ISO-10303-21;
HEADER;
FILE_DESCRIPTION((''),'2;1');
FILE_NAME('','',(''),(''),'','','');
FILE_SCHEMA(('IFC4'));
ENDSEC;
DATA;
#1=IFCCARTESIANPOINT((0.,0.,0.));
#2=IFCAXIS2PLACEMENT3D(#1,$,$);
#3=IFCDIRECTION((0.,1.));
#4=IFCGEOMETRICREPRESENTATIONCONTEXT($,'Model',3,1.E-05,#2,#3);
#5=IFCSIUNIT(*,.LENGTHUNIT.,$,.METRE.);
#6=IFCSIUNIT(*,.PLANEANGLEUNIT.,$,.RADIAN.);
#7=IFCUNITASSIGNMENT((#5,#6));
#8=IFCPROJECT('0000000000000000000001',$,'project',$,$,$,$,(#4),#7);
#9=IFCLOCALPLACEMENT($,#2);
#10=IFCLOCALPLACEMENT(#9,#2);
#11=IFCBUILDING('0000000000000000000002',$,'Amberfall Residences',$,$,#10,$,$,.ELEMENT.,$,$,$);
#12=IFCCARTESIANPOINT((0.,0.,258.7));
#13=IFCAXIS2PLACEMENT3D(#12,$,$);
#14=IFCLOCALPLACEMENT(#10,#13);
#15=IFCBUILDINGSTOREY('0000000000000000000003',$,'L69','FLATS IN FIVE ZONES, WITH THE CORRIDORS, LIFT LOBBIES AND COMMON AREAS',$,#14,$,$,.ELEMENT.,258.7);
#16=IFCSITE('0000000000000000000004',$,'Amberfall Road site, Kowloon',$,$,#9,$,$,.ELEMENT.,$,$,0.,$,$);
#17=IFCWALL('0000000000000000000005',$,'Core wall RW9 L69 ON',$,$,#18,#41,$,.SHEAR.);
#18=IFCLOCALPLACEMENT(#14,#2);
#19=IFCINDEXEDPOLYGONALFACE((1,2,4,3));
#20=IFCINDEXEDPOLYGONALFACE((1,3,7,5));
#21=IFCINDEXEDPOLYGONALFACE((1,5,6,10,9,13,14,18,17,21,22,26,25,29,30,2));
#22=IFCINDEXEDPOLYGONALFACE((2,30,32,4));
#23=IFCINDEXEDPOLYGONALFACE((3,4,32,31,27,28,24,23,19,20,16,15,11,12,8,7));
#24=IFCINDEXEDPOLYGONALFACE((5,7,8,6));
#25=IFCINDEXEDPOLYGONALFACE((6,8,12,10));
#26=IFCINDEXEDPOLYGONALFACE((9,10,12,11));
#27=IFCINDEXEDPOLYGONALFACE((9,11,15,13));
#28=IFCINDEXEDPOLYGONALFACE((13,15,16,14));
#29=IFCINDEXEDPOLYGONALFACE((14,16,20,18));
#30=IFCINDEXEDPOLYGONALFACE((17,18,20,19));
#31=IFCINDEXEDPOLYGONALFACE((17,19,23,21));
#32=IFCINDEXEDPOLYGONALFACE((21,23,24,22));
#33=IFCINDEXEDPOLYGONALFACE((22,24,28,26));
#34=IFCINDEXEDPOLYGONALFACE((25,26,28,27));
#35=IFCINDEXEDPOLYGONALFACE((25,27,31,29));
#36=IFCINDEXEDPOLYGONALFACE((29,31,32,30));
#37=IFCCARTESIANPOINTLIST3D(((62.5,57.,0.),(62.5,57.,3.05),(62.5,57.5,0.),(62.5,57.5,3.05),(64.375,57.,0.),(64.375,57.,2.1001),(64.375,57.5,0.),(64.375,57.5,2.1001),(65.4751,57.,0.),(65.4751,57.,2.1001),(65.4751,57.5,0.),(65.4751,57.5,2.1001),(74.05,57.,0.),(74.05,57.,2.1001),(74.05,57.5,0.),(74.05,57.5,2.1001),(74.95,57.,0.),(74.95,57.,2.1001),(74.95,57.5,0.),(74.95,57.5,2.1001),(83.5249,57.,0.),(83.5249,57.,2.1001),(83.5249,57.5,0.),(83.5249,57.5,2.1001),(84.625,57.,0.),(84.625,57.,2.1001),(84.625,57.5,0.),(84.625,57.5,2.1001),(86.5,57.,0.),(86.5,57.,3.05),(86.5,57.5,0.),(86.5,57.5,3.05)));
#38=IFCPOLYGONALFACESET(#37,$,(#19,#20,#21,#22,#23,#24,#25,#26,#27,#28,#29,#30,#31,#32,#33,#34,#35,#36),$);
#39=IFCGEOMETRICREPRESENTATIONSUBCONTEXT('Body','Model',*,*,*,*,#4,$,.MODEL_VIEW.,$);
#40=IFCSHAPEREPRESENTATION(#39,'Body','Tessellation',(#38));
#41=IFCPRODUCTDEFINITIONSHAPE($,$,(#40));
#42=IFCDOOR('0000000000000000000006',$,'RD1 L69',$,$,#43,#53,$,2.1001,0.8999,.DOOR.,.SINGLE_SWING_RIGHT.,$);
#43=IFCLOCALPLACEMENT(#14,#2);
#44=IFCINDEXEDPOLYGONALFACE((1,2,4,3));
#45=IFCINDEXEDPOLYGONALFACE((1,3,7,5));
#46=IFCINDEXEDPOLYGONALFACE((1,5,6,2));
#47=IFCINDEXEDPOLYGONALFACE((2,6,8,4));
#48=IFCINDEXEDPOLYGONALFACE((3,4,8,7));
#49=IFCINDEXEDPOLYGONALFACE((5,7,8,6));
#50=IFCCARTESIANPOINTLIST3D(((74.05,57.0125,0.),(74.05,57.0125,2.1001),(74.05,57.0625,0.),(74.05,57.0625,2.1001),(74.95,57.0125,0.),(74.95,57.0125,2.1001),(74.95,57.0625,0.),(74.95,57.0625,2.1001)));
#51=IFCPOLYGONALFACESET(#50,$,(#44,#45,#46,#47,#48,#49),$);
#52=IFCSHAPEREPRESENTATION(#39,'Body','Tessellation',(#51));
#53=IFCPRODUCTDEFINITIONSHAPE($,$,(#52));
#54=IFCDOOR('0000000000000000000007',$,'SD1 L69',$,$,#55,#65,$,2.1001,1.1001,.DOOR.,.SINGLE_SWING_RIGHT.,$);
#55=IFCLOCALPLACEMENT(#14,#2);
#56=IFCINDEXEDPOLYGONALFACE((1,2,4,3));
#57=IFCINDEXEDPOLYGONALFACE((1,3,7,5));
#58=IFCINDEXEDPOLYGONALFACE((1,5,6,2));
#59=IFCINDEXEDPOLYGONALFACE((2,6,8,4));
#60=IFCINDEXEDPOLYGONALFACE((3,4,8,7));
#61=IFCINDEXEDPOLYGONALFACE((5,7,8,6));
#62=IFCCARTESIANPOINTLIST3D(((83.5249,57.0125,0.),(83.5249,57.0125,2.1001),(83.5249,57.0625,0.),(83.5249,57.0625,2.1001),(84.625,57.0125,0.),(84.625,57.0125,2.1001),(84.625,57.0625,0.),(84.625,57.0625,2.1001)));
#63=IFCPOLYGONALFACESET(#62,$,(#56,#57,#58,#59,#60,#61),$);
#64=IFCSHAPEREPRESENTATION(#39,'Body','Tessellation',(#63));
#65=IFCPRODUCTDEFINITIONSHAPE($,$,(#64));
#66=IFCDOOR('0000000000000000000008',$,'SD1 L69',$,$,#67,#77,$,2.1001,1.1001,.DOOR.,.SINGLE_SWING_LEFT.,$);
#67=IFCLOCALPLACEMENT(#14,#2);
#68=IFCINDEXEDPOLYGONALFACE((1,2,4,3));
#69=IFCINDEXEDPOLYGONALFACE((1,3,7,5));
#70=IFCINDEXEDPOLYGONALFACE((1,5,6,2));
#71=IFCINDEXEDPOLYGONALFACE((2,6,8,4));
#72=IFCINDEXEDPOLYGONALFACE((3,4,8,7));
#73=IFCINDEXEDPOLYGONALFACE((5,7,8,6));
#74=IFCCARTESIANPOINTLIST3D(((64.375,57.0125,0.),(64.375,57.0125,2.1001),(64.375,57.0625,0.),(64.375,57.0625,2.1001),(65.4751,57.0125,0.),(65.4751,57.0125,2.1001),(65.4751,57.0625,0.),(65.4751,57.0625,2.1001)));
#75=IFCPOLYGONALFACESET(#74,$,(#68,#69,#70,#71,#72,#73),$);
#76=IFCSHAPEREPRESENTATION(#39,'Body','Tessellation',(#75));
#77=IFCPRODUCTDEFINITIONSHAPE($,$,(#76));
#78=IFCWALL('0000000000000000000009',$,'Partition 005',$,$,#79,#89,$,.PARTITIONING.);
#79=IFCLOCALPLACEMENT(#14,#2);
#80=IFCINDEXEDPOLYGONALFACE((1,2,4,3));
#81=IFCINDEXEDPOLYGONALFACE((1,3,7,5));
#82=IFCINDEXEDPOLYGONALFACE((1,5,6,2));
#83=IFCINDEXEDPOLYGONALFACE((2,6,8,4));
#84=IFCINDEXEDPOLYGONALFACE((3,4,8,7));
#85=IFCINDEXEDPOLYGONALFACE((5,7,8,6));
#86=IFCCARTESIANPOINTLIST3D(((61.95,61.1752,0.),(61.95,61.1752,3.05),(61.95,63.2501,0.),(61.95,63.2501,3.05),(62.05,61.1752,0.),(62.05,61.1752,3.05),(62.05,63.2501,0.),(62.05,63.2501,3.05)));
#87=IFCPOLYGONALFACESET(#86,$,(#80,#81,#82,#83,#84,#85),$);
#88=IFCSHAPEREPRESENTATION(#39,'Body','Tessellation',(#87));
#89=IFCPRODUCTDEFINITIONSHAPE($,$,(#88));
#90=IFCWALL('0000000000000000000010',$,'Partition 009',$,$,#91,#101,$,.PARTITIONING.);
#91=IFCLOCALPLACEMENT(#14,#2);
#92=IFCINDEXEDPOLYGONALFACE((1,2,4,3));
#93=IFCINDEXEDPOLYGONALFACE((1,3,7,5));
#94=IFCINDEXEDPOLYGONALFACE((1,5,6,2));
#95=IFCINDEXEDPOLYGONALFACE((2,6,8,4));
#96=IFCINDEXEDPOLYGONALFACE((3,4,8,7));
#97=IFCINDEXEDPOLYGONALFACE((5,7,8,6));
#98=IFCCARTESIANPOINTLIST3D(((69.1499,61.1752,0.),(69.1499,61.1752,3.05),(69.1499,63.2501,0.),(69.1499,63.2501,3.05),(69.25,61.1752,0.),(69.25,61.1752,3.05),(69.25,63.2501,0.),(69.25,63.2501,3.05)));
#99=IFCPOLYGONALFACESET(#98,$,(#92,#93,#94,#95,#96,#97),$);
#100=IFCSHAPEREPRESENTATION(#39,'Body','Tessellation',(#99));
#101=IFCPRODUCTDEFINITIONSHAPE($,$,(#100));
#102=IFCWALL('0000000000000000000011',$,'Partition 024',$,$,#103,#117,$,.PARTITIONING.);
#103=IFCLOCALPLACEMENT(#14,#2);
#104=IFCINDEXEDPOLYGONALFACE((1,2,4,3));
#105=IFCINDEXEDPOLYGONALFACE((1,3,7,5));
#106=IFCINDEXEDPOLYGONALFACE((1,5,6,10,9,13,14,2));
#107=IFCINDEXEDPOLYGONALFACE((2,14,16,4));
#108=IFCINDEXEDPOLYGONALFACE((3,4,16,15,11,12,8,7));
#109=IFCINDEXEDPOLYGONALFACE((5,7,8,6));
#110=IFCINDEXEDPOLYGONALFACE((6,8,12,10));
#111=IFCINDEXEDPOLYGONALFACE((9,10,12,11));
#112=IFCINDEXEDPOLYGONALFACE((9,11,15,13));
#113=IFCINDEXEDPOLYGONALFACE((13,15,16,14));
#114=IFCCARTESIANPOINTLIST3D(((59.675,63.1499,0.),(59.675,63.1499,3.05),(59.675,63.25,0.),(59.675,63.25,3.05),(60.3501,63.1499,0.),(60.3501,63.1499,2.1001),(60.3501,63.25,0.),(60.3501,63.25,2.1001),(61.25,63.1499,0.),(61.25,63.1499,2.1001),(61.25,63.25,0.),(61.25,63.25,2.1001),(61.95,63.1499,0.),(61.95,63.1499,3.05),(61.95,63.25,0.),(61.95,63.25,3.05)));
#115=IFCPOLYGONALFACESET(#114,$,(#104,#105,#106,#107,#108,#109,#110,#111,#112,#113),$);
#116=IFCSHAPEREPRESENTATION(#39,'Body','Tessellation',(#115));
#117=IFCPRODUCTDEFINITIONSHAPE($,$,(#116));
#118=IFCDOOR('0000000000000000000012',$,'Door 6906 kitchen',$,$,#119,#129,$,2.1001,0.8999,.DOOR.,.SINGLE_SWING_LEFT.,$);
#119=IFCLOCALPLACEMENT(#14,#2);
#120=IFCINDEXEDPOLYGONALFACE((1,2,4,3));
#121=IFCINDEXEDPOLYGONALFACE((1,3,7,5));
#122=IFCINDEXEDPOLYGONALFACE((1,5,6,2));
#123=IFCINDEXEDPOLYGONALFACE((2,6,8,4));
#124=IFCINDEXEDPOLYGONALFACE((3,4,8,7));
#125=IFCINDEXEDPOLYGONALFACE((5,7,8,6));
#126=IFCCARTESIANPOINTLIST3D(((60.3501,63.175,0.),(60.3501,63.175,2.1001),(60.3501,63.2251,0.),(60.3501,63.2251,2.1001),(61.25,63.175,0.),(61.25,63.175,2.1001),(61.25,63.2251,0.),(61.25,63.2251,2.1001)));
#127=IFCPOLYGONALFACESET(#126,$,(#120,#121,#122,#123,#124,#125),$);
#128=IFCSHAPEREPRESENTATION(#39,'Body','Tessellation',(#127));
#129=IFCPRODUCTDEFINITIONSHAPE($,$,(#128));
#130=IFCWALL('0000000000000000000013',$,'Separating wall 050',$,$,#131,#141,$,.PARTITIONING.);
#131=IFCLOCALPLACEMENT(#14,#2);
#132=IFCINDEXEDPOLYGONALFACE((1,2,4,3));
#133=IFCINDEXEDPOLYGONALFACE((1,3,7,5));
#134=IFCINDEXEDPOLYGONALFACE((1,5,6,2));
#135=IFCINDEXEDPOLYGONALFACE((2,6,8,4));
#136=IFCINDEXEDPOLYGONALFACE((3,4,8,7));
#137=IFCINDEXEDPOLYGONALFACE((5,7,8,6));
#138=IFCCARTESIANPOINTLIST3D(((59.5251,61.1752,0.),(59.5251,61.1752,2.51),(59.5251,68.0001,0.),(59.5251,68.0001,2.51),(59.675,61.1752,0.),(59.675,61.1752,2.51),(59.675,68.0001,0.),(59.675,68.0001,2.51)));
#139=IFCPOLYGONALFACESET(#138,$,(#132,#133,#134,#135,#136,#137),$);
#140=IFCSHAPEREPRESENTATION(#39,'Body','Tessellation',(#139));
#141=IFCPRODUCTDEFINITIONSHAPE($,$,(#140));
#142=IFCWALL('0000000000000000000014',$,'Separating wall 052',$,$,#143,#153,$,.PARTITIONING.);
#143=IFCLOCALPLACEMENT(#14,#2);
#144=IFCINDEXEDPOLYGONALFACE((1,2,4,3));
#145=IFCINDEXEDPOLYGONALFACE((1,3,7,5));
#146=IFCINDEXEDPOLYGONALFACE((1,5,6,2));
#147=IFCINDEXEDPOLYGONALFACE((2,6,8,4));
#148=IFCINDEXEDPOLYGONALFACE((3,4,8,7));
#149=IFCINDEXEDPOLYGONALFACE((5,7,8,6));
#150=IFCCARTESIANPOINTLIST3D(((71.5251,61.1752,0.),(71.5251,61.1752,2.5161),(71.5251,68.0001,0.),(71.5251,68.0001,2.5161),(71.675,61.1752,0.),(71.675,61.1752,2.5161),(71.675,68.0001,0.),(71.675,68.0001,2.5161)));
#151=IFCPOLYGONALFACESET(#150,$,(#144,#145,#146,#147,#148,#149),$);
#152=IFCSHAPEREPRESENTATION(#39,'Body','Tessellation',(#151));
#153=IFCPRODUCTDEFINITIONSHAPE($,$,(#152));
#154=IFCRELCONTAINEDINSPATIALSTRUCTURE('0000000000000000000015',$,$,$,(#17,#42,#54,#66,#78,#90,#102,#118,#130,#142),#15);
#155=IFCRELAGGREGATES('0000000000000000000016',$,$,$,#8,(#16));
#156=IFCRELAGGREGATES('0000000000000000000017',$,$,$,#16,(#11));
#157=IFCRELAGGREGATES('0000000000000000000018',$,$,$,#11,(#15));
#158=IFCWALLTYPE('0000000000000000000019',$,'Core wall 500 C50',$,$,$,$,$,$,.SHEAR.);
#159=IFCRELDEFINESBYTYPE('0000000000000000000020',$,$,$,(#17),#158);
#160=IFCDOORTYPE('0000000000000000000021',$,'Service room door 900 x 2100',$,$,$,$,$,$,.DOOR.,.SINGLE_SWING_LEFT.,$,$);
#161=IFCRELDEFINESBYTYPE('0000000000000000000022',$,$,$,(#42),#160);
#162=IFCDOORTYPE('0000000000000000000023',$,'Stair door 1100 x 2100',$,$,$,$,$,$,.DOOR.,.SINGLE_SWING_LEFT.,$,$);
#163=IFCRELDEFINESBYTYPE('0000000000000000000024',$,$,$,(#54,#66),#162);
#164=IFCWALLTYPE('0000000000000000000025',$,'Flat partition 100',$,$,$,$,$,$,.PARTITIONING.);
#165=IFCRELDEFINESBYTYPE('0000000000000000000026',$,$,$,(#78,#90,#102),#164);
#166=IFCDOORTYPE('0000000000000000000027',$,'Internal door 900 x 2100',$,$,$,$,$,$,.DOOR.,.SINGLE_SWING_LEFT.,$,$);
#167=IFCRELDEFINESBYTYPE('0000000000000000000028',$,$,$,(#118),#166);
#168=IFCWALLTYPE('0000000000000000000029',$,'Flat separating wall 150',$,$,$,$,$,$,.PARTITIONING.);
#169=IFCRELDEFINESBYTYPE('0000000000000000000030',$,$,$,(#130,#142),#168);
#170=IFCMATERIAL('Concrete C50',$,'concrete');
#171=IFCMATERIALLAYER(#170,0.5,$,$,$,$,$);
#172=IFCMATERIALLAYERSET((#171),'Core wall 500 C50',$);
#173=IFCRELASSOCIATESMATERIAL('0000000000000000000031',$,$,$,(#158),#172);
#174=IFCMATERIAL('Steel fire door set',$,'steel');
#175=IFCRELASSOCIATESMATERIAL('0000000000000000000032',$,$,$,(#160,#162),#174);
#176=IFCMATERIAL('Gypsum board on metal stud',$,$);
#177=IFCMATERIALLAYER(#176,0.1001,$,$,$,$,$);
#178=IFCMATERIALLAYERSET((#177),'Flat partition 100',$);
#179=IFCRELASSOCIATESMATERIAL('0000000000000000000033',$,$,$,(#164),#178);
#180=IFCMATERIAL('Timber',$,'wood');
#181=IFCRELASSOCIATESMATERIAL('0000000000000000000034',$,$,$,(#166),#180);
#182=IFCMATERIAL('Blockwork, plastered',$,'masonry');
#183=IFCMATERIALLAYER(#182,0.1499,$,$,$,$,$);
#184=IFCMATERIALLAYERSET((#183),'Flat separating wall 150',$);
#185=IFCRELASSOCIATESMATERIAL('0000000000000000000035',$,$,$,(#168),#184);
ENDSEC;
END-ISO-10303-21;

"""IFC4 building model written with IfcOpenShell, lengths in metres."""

from ifc_helpers import new_model, si_unit, direction, frame, frame_2d, origin, place, context, subcontext, project, spatial, rectangle, extrude, material, layer, layer_set, type_object, element, fill, save


model = new_model("IFC4")

# Units and contexts
model_context = context("Model", 3, precision=1e-05, world=origin(), true_north=direction((0.0, 1.0)))
body_context = subcontext(model_context, "Body", "Model", "MODEL_VIEW")
ifc_project = project(units=[si_unit("LENGTHUNIT", "METRE"), si_unit("PLANEANGLEUNIT", "RADIAN")], contexts=[model_context])

# Site, building, storey
site_placement = place(None, origin())
site = spatial("IfcSite", under=ifc_project, at=site_placement, Name="Amberfall Road site, Kowloon", CompositionType="ELEMENT", RefElevation=0.0)
building_placement = place(site_placement, origin())
building = spatial("IfcBuilding", under=site, at=building_placement, Name="Amberfall Residences", CompositionType="ELEMENT")
storey_placement = place(building_placement, frame((0.0, 0.0, 258.7)))
storey = spatial("IfcBuildingStorey", under=building, at=storey_placement, Name="L69", Description="FLATS IN FIVE ZONES, WITH THE CORRIDORS, LIFT LOBBIES AND COMMON AREAS", CompositionType="ELEMENT", Elevation=258.7)

# Wall, openings, doors
ifc_material_1 = material(Name="Concrete C50", Category="concrete")
ifc_layer_1 = layer(ifc_material_1, 0.5)
ifc_layer_set_1 = layer_set([ifc_layer_1], Name="Core wall 500 C50")
wall_type_1 = type_object("IfcWallType", Name="Core wall 500 C50", PredefinedType="SHEAR", material=ifc_layer_set_1)
wall_1_placement = place(storey_placement, frame((62.5, 57.25, 0.0), z_axis=(0.0, 0.0, 1.0), x_axis=(1.0, 0.0, 0.0)))
wall_1 = element("IfcWall", 1, at=wall_1_placement, inside=storey, type_object=wall_type_1, Name="Core wall RW9 L69 ON", PredefinedType="SHEAR", context=body_context, shape_type="SweptSolid", body=[
    extrude(rectangle(XDim=24.0, YDim=0.5, at=frame_2d((12.0, 0.0))), origin(), (0.0, 0.0, 1.0), 3.05),
])
opening_1_placement = place(wall_1_placement, frame((21.0249, 0.0, 0.0)))
opening_1 = element("IfcOpeningElement", 2, at=opening_1_placement, cuts=wall_1, PredefinedType="OPENING", context=body_context, shape_type="SweptSolid", body=[
    extrude(rectangle(XDim=1.1001, YDim=2.1001, at=frame_2d((0.55, 1.05))), frame((0.0, 0.26, 0.0), z_axis=(0.0, -1.0, 0.0), x_axis=(1.0, 0.0, 0.0)), (0.0, 0.0, 1.0), 0.52),
])
opening_2_placement = place(wall_1_placement, frame((1.875, 0.0, 0.0)))
opening_2 = element("IfcOpeningElement", 3, at=opening_2_placement, cuts=wall_1, PredefinedType="OPENING", context=body_context, shape_type="SweptSolid", body=[
    extrude(rectangle(XDim=1.1001, YDim=2.1001, at=frame_2d((0.55, 1.05))), frame((0.0, 0.26, 0.0), z_axis=(0.0, -1.0, 0.0), x_axis=(1.0, 0.0, 0.0)), (0.0, 0.0, 1.0), 0.52),
])
opening_3_placement = place(wall_1_placement, frame((11.55, 0.0, 0.0)))
opening_3 = element("IfcOpeningElement", 4, at=opening_3_placement, cuts=wall_1, PredefinedType="OPENING", context=body_context, shape_type="SweptSolid", body=[
    extrude(rectangle(XDim=0.8999, YDim=2.1001, at=frame_2d((0.45, 1.05))), frame((0.0, 0.26, 0.0), z_axis=(0.0, -1.0, 0.0), x_axis=(1.0, 0.0, 0.0)), (0.0, 0.0, 1.0), 0.52),
])
ifc_material_2 = material(Name="Steel fire door set", Category="steel")
door_type_1 = type_object("IfcDoorType", Name="Service room door 900 x 2100", OperationType="SINGLE_SWING_LEFT", PredefinedType="DOOR", material=ifc_material_2)
door_1_placement = place(opening_3_placement, origin())
door_1 = element("IfcDoor", 5, at=door_1_placement, inside=storey, type_object=door_type_1, Name="RD1 L69", OperationType="SINGLE_SWING_RIGHT", OverallHeight=2.1001, OverallWidth=0.8999, PredefinedType="DOOR", context=body_context, shape_type="SweptSolid", body=[
    extrude(rectangle(XDim=0.8999, YDim=2.1001, at=frame_2d((0.45, 1.05))), frame((0.0, -0.1875, 0.0), z_axis=(0.0, -1.0, 0.0), x_axis=(1.0, 0.0, 0.0)), (0.0, 0.0, 1.0), 0.05),
])
fill(opening_3, door_1)
door_type_2 = type_object("IfcDoorType", Name="Stair door 1100 x 2100", OperationType="SINGLE_SWING_LEFT", PredefinedType="DOOR", material=ifc_material_2)
door_2_placement = place(opening_1_placement, origin())
door_2 = element("IfcDoor", 6, at=door_2_placement, inside=storey, type_object=door_type_2, Name="SD1 L69", OperationType="SINGLE_SWING_RIGHT", OverallHeight=2.1001, OverallWidth=1.1001, PredefinedType="DOOR", context=body_context, shape_type="SweptSolid", body=[
    extrude(rectangle(XDim=1.1001, YDim=2.1001, at=frame_2d((0.55, 1.05))), frame((0.0, -0.1875, 0.0), z_axis=(0.0, -1.0, 0.0), x_axis=(1.0, 0.0, 0.0)), (0.0, 0.0, 1.0), 0.05),
])
fill(opening_1, door_2)
door_3_placement = place(opening_2_placement, origin())
door_3 = element("IfcDoor", 7, at=door_3_placement, inside=storey, type_object=door_type_2, Name="SD1 L69", OperationType="SINGLE_SWING_LEFT", OverallHeight=2.1001, OverallWidth=1.1001, PredefinedType="DOOR", context=body_context, shape_type="SweptSolid", body=[
    extrude(rectangle(XDim=1.1001, YDim=2.1001, at=frame_2d((0.55, 1.05))), frame((0.0, -0.1875, 0.0), z_axis=(0.0, -1.0, 0.0), x_axis=(1.0, 0.0, 0.0)), (0.0, 0.0, 1.0), 0.05),
])
fill(opening_2, door_3)

# Walls
ifc_material_3 = material(Name="Gypsum board on metal stud")
ifc_layer_2 = layer(ifc_material_3, 0.1001)
ifc_layer_set_2 = layer_set([ifc_layer_2], Name="Flat partition 100")
wall_type_2 = type_object("IfcWallType", Name="Flat partition 100", PredefinedType="PARTITIONING", material=ifc_layer_set_2)
for number, where, z_axis, x_axis, name in (
    (8, (62.0, 61.175, 0.0), (0.0, 0.0, 1.0), (0.0, 1.0, 0.0), "Partition 005"),
    (9, (69.2, 61.175, 0.0), (0.0, 0.0, 1.0), (0.0, 1.0, 0.0), "Partition 009"),
):
    element("IfcWall", number, at=place(storey_placement, frame(where, z_axis=z_axis, x_axis=x_axis)), inside=storey, type_object=wall_type_2, Name=name, PredefinedType="PARTITIONING", context=body_context, shape_type="SweptSolid", body=[
        extrude(rectangle(XDim=2.075, YDim=0.1001, at=frame_2d((1.0376, 0.0))), origin(), (0.0, 0.0, 1.0), 3.05),
    ])

# Wall, opening, door
wall_2_placement = place(storey_placement, frame((61.95, 63.2, 0.0), z_axis=(0.0, 0.0, 1.0), x_axis=(-1.0, 0.0, 0.0)))
wall_2 = element("IfcWall", 10, at=wall_2_placement, inside=storey, type_object=wall_type_2, Name="Partition 024", PredefinedType="PARTITIONING", context=body_context, shape_type="SweptSolid", body=[
    extrude(rectangle(XDim=2.2749, YDim=0.1001, at=frame_2d((1.1375, 0.0))), origin(), (0.0, 0.0, 1.0), 3.05),
])
opening_4_placement = place(wall_2_placement, frame((0.7, 0.0, 0.0)))
opening_4 = element("IfcOpeningElement", 11, at=opening_4_placement, cuts=wall_2, PredefinedType="OPENING", context=body_context, shape_type="SweptSolid", body=[
    extrude(rectangle(XDim=0.8999, YDim=2.1001, at=frame_2d((0.45, 1.05))), frame((0.0, 0.0601, 0.0), z_axis=(0.0, -1.0, 0.0), x_axis=(1.0, 0.0, 0.0)), (0.0, 0.0, 1.0), 0.1201),
])
ifc_material_4 = material(Name="Timber", Category="wood")
door_type_3 = type_object("IfcDoorType", Name="Internal door 900 x 2100", OperationType="SINGLE_SWING_LEFT", PredefinedType="DOOR", material=ifc_material_4)
door_4_placement = place(opening_4_placement, origin())
door_4 = element("IfcDoor", 12, at=door_4_placement, inside=storey, type_object=door_type_3, Name="Door 6906 kitchen", OperationType="SINGLE_SWING_LEFT", OverallHeight=2.1001, OverallWidth=0.8999, PredefinedType="DOOR", context=body_context, shape_type="SweptSolid", body=[
    extrude(rectangle(XDim=0.8999, YDim=2.1001, at=frame_2d((0.45, 1.05))), frame((0.0, 0.0249, 0.0), z_axis=(0.0, -1.0, 0.0), x_axis=(1.0, 0.0, 0.0)), (0.0, 0.0, 1.0), 0.05),
])
fill(opening_4, door_4)

# Walls
ifc_material_5 = material(Name="Blockwork, plastered", Category="masonry")
ifc_layer_3 = layer(ifc_material_5, 0.1499)
ifc_layer_set_3 = layer_set([ifc_layer_3], Name="Flat separating wall 150")
wall_type_3 = type_object("IfcWallType", Name="Flat separating wall 150", PredefinedType="PARTITIONING", material=ifc_layer_set_3)
wall_3_placement = place(storey_placement, frame((59.6001, 61.175, 0.0), z_axis=(0.0, 0.0, 1.0), x_axis=(0.0, 1.0, 0.0)))
element("IfcWall", 13, at=wall_3_placement, inside=storey, type_object=wall_type_3, Name="Separating wall 050", PredefinedType="PARTITIONING", context=body_context, shape_type="SweptSolid", body=[
    extrude(rectangle(XDim=6.825, YDim=0.1499, at=frame_2d((3.4126, 0.0))), origin(), (0.0, 0.0, 1.0), 2.51),
])
wall_4_placement = place(storey_placement, frame((71.6001, 61.175, 0.0), z_axis=(0.0, 0.0, 1.0), x_axis=(0.0, 1.0, 0.0)))
element("IfcWall", 14, at=wall_4_placement, inside=storey, type_object=wall_type_3, Name="Separating wall 052", PredefinedType="PARTITIONING", context=body_context, shape_type="SweptSolid", body=[
    extrude(rectangle(XDim=6.825, YDim=0.1499, at=frame_2d((3.4126, 0.0))), origin(), (0.0, 0.0, 1.0), 2.5161),
])

save(model, "model.ifc")
